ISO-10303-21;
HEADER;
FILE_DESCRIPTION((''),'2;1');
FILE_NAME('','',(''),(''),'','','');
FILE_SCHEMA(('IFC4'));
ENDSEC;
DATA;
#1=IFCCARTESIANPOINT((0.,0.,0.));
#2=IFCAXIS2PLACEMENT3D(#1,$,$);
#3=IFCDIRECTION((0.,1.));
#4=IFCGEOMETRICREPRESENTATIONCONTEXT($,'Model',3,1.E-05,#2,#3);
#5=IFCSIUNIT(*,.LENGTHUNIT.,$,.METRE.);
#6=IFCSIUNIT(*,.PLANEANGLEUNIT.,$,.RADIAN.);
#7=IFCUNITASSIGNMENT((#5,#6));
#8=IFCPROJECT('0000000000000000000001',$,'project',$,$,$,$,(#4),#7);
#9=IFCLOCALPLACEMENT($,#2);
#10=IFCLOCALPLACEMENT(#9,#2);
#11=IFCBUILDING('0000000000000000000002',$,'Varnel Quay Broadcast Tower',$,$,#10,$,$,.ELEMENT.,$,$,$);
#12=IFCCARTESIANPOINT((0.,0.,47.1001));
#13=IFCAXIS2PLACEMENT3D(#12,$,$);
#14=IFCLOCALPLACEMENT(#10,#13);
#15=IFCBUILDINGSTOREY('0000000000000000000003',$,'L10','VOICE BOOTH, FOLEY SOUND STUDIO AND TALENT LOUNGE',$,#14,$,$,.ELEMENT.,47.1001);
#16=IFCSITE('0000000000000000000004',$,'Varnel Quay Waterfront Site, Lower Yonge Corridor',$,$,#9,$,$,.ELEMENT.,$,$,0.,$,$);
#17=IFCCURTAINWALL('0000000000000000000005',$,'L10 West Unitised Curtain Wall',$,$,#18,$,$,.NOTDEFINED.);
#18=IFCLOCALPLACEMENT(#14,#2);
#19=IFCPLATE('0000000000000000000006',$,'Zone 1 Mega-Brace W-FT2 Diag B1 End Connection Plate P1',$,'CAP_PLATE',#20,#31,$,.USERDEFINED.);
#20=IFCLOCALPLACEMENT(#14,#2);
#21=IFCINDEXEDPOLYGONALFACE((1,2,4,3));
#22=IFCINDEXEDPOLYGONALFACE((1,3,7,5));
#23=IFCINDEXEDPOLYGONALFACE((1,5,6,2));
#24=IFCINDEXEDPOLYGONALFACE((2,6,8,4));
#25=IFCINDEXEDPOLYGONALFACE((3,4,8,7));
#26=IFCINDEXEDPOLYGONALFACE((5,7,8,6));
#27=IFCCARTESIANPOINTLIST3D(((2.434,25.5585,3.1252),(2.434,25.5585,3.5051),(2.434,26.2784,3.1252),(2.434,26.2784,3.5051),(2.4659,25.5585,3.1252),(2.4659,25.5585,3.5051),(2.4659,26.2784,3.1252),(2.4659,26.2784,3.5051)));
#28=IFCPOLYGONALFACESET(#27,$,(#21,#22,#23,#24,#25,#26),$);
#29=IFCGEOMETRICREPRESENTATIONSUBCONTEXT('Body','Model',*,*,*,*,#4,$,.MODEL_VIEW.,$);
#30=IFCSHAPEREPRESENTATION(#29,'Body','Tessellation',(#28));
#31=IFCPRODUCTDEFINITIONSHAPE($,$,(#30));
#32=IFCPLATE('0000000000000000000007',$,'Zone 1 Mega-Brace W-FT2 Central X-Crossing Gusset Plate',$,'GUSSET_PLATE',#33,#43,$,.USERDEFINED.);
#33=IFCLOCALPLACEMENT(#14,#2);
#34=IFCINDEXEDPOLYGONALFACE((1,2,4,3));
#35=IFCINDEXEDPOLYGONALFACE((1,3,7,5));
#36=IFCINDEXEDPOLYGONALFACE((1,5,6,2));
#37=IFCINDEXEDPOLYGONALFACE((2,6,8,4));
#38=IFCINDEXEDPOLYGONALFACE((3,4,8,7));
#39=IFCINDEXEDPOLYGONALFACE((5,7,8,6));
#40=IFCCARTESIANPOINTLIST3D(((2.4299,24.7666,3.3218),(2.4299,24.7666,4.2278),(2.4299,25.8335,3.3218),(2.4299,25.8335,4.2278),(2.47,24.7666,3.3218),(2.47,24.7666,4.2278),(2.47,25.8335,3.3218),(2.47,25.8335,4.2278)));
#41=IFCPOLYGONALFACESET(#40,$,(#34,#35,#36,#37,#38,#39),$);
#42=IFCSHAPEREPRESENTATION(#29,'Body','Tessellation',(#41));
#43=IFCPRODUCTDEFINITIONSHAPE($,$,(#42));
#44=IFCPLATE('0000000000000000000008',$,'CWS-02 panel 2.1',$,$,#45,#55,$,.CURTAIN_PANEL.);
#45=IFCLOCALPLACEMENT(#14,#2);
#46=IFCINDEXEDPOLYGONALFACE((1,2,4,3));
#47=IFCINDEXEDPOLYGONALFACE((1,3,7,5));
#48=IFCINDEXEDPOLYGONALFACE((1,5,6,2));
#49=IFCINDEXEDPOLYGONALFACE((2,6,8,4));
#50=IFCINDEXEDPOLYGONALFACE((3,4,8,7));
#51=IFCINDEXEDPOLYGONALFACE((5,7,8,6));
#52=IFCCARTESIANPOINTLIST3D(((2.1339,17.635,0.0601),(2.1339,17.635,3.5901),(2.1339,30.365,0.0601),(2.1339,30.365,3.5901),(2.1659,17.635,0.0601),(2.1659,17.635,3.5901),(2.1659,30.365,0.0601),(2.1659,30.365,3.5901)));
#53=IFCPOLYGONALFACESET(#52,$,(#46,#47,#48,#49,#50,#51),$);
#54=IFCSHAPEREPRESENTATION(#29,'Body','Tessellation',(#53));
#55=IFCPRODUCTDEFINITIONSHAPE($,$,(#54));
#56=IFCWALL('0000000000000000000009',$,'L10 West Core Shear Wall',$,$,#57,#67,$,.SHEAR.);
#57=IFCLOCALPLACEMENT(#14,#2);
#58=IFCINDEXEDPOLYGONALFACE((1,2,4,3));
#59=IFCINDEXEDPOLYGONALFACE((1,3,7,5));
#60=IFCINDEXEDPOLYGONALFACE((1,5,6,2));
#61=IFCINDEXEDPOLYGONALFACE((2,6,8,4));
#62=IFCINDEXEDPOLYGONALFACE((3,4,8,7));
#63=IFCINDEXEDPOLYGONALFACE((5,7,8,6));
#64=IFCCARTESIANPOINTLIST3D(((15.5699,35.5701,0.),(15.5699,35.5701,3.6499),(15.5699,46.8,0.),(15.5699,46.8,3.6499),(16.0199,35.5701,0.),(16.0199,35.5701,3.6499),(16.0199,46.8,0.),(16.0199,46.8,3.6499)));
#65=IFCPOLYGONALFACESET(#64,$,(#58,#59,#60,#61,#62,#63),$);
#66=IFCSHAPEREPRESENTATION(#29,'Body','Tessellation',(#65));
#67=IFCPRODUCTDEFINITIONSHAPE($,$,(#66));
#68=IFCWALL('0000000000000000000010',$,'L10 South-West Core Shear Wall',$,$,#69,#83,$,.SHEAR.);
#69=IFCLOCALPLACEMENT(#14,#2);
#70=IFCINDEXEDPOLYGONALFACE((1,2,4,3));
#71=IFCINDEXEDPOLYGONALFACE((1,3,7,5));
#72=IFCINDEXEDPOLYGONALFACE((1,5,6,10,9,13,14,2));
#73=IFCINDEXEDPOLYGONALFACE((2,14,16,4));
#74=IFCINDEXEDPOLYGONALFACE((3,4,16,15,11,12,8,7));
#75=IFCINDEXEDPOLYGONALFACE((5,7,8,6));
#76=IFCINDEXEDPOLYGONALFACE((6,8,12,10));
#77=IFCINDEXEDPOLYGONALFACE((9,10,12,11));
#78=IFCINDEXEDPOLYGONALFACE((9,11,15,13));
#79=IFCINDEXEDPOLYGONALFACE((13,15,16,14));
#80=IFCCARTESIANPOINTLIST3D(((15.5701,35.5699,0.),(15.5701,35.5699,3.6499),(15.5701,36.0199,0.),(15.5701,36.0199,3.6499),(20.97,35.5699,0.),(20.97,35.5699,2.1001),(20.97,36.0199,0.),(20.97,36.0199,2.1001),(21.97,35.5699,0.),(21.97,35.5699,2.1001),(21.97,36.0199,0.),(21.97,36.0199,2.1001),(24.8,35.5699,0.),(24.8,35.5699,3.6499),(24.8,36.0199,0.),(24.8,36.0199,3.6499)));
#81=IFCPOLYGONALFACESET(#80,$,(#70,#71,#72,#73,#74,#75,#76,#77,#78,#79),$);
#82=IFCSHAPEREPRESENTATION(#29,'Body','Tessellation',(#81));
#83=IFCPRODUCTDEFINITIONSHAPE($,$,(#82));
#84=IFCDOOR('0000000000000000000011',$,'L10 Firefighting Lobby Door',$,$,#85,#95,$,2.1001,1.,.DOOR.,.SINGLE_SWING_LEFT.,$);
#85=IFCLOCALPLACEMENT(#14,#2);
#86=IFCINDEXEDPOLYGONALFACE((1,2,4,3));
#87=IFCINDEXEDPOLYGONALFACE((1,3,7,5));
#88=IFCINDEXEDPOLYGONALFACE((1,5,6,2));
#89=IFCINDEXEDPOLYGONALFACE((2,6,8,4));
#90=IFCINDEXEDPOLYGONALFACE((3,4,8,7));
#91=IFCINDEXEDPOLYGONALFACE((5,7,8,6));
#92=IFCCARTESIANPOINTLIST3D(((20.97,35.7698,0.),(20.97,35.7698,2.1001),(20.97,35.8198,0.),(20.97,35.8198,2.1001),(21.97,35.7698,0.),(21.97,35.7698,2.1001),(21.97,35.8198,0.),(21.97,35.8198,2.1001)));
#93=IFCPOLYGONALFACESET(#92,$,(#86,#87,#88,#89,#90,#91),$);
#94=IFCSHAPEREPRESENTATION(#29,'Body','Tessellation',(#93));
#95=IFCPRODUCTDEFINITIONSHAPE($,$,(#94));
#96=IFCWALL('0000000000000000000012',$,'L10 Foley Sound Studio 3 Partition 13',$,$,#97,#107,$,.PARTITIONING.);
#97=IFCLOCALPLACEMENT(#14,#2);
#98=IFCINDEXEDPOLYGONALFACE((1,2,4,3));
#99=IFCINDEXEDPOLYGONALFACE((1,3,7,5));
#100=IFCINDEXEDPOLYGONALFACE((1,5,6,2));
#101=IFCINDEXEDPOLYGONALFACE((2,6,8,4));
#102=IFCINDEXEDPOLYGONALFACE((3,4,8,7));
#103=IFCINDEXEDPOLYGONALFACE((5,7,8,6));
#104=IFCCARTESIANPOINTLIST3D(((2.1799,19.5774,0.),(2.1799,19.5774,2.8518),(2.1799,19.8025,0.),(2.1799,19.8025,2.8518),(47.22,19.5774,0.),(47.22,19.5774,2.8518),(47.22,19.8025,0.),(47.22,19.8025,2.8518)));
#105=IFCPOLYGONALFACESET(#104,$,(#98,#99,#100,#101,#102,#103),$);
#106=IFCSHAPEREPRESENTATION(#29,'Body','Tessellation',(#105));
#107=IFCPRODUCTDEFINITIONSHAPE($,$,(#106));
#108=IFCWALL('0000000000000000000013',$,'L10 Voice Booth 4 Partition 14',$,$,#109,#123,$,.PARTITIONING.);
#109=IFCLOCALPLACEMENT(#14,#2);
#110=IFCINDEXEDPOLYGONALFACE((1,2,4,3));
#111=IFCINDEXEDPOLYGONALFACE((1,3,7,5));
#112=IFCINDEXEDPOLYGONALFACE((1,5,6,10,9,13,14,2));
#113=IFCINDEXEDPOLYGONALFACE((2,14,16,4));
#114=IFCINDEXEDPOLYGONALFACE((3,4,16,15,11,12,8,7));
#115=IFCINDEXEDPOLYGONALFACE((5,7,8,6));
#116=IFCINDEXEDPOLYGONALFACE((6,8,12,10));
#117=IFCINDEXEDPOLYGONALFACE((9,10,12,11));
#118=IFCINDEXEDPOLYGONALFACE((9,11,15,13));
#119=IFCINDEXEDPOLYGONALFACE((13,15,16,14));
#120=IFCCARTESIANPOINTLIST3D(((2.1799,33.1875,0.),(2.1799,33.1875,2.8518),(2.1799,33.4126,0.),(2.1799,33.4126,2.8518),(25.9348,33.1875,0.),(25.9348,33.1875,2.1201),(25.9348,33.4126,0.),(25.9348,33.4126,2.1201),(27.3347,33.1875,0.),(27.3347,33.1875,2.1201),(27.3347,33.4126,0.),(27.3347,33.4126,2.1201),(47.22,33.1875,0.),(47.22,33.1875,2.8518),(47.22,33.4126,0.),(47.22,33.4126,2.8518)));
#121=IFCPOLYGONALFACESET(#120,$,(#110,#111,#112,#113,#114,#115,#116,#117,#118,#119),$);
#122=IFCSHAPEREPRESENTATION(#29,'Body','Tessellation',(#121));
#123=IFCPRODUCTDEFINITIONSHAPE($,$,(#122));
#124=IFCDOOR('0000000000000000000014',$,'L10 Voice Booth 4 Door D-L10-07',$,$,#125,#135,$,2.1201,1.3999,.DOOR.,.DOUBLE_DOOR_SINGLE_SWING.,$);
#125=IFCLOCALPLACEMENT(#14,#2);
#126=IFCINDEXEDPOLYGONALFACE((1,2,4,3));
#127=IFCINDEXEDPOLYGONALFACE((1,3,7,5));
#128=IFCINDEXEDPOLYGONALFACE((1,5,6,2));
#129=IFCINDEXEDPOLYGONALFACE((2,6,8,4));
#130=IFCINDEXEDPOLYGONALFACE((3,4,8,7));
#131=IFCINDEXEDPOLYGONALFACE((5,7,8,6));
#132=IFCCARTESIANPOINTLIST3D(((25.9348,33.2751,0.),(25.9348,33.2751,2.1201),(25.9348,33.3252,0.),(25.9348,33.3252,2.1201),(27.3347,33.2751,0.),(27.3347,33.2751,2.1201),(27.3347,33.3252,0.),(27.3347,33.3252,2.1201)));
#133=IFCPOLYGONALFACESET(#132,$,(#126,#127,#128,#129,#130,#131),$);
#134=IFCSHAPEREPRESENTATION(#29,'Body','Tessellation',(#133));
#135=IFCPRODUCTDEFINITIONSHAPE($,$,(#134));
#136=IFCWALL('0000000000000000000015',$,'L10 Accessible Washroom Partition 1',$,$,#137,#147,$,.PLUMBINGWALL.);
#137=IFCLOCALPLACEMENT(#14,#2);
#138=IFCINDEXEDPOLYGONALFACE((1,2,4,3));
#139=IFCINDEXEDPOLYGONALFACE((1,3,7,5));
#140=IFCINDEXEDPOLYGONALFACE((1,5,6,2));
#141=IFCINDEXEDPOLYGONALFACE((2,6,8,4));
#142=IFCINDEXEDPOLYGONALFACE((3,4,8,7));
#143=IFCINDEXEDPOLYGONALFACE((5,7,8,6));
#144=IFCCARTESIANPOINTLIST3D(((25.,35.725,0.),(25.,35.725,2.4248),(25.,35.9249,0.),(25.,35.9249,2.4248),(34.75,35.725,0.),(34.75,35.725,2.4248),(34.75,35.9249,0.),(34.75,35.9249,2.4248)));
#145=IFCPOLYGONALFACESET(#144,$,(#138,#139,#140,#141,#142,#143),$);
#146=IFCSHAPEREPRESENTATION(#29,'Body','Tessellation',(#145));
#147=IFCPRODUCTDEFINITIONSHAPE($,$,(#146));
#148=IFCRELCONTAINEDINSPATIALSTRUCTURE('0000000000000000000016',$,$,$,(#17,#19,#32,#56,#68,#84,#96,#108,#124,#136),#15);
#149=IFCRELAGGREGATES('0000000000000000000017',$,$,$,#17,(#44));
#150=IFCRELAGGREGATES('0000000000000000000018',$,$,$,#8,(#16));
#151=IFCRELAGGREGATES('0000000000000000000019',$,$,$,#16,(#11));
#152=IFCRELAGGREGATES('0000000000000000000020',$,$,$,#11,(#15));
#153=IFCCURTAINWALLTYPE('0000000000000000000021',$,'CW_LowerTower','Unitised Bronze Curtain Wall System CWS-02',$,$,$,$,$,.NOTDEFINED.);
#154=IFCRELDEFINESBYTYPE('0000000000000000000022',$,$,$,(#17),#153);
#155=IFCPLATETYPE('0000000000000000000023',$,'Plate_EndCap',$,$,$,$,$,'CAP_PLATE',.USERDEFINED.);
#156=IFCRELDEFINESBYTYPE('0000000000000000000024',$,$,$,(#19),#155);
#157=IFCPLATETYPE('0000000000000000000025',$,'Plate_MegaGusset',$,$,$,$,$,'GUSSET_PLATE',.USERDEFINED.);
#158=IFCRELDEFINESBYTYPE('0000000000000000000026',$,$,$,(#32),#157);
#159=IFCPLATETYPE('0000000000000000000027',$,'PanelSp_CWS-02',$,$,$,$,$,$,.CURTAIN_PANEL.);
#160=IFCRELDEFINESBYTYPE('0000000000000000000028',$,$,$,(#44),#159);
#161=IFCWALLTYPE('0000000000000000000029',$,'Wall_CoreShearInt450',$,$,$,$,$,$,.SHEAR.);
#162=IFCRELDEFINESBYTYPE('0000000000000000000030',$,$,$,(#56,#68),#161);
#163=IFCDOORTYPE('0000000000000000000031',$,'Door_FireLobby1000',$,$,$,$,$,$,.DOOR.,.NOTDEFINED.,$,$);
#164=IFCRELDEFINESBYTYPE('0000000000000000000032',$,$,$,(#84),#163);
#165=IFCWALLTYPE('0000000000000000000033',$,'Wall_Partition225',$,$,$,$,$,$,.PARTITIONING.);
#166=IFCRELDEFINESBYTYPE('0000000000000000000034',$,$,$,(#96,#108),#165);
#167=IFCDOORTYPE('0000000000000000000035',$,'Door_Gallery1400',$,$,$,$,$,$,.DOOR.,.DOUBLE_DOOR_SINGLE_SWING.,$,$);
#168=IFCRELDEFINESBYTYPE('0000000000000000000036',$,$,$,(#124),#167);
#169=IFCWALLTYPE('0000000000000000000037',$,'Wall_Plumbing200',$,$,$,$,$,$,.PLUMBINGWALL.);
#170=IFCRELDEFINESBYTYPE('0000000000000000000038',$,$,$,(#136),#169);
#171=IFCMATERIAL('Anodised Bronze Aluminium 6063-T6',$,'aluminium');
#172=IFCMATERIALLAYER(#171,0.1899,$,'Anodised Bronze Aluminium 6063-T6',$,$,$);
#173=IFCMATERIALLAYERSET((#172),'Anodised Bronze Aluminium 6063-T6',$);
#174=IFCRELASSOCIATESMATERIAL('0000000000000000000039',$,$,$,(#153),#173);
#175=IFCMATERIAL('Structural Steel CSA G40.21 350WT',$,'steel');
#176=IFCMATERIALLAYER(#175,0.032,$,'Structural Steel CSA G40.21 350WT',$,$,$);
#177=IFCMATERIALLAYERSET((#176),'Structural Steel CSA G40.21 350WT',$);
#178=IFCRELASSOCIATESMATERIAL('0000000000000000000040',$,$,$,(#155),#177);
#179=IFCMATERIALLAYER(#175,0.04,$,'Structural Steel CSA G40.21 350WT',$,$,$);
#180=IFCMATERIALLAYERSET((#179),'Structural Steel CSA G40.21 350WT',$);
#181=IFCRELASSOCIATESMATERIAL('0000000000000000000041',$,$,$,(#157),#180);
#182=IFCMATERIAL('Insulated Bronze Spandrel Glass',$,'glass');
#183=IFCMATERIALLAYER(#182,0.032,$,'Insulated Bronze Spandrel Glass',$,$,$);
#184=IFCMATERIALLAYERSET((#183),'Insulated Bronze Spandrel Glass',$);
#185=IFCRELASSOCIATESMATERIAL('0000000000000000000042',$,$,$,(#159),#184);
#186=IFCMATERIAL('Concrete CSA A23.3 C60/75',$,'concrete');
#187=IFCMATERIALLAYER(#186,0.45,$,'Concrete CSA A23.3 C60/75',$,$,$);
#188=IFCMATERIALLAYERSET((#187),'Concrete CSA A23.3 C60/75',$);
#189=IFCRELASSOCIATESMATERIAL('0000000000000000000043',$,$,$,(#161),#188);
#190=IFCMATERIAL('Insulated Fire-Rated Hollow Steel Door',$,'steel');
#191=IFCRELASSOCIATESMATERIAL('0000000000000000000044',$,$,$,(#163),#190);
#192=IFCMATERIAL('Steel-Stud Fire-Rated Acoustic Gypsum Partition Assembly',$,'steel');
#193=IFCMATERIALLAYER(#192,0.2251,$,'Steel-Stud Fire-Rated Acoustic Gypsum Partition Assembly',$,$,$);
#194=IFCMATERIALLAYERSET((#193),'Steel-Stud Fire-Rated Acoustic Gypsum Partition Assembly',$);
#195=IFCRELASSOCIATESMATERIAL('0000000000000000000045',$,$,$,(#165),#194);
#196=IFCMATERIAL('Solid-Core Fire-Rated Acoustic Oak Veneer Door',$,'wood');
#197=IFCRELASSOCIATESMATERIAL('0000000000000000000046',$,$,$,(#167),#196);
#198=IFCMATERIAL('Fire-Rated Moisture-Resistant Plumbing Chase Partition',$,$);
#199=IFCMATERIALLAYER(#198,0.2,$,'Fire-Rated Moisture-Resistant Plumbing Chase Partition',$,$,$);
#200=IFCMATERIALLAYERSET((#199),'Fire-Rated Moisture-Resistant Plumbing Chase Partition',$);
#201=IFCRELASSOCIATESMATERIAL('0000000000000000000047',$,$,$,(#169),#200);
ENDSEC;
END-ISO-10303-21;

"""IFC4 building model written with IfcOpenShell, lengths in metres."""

from ifc_helpers import new_model, si_unit, direction, frame, frame_2d, origin, origin_2d, place, context, subcontext, project, spatial, rectangle, extrude, source, transform, mapped, material, layer, layer_set, type_object, type_shapes, element, fill, aggregate, save


model = new_model("IFC4")

# Units and contexts
model_context = context("Model", 3, precision=1e-05, world=origin(), true_north=direction((0.0, 1.0)))
body_context = subcontext(model_context, "Body", "Model", "MODEL_VIEW")
ifc_project = project(units=[si_unit("LENGTHUNIT", "METRE"), si_unit("PLANEANGLEUNIT", "RADIAN")], contexts=[model_context])

# Site, building, storey
site_placement = place(None, origin())
site = spatial("IfcSite", under=ifc_project, at=site_placement, Name="Varnel Quay Waterfront Site, Lower Yonge Corridor", CompositionType="ELEMENT", RefElevation=0.0)
building_placement = place(site_placement, origin())
building = spatial("IfcBuilding", under=site, at=building_placement, Name="Varnel Quay Broadcast Tower", CompositionType="ELEMENT")
storey_placement = place(building_placement, frame((0.0, 0.0, 47.1001)))
storey = spatial("IfcBuildingStorey", under=building, at=storey_placement, Name="L10", Description="VOICE BOOTH, FOLEY SOUND STUDIO AND TALENT LOUNGE", CompositionType="ELEMENT", Elevation=47.1001)

# Shared definitions
ifc_material_1 = material(Name="Structural Steel CSA G40.21 350WT", Category="steel")
ifc_material_2 = material(Name="Concrete CSA A23.3 C60/75", Category="concrete")

# Curtain wall
ifc_material_3 = material(Name="Anodised Bronze Aluminium 6063-T6", Category="aluminium")
ifc_layer_1 = layer(ifc_material_3, 0.1899, Name="Anodised Bronze Aluminium 6063-T6")
ifc_layer_set_1 = layer_set([ifc_layer_1], Name="Anodised Bronze Aluminium 6063-T6")
curtain_wall_type = type_object("IfcCurtainWallType", Name="CW_LowerTower", Description="Unitised Bronze Curtain Wall System CWS-02", PredefinedType="NOTDEFINED", material=ifc_layer_set_1)
curtain_wall_placement = place(storey_placement, origin())
curtain_wall = element("IfcCurtainWall", 1, at=curtain_wall_placement, inside=storey, type_object=curtain_wall_type, Name="L10 West Unitised Curtain Wall", PredefinedType="NOTDEFINED")

# Plates
ifc_layer_2 = layer(ifc_material_1, 0.032, Name="Structural Steel CSA G40.21 350WT")
ifc_layer_set_2 = layer_set([ifc_layer_2], Name="Structural Steel CSA G40.21 350WT")
plate_type_1 = type_object("IfcPlateType", Name="Plate_EndCap", ElementType="CAP_PLATE", PredefinedType="USERDEFINED", material=ifc_layer_set_2)
shared_shape_1 = source(origin(), body_context, "Body", "SweptSolid", [
    extrude(rectangle(XDim=0.72, YDim=0.032, at=origin_2d()), origin(), (0.0, 0.0, 1.0), 0.3799),
])
type_shapes(plate_type_1, [shared_shape_1])
plate_1_placement = place(storey_placement, frame((2.45, 25.9185, 3.1252), z_axis=(0.0, 0.0, 1.0), x_axis=(0.0, 1.0, 0.0)))
element("IfcPlate", 2, at=plate_1_placement, inside=storey, type_object=plate_type_1, Name="Zone 1 Mega-Brace W-FT2 Diag B1 End Connection Plate P1", ObjectType="CAP_PLATE", PredefinedType="USERDEFINED", context=body_context, shape_type="MappedRepresentation", body=[
    mapped(shared_shape_1, transform((0.0, 0.0, 0.0), x_axis=(1.0, 0.0, 0.0), y_axis=(0.0, 1.0, 0.0), z_axis=(0.0, 0.0, 1.0), scale=1.0)),
])
ifc_layer_3 = layer(ifc_material_1, 0.04, Name="Structural Steel CSA G40.21 350WT")
ifc_layer_set_3 = layer_set([ifc_layer_3], Name="Structural Steel CSA G40.21 350WT")
plate_type_2 = type_object("IfcPlateType", Name="Plate_MegaGusset", ElementType="GUSSET_PLATE", PredefinedType="USERDEFINED", material=ifc_layer_set_3)
shared_shape_2 = source(origin(), body_context, "Body", "SweptSolid", [
    extrude(rectangle(XDim=1.0669, YDim=0.04, at=origin_2d()), origin(), (0.0, 0.0, 1.0), 0.906),
])
type_shapes(plate_type_2, [shared_shape_2])
plate_2_placement = place(storey_placement, frame((2.45, 25.3, 3.3218), z_axis=(0.0, 0.0, 1.0), x_axis=(0.0, 1.0, 0.0)))
element("IfcPlate", 3, at=plate_2_placement, inside=storey, type_object=plate_type_2, Name="Zone 1 Mega-Brace W-FT2 Central X-Crossing Gusset Plate", ObjectType="GUSSET_PLATE", PredefinedType="USERDEFINED", context=body_context, shape_type="MappedRepresentation", body=[
    mapped(shared_shape_2, transform((0.0, 0.0, 0.0), x_axis=(1.0, 0.0, 0.0), y_axis=(0.0, 1.0, 0.0), z_axis=(0.0, 0.0, 1.0), scale=1.0)),
])

# Plate
ifc_material_4 = material(Name="Insulated Bronze Spandrel Glass", Category="glass")
ifc_layer_4 = layer(ifc_material_4, 0.032, Name="Insulated Bronze Spandrel Glass")
ifc_layer_set_4 = layer_set([ifc_layer_4], Name="Insulated Bronze Spandrel Glass")
plate_type_3 = type_object("IfcPlateType", Name="PanelSp_CWS-02", PredefinedType="CURTAIN_PANEL", material=ifc_layer_set_4)
shared_shape_3 = source(origin(), body_context, "Body", "SweptSolid", [
    extrude(rectangle(XDim=12.73, YDim=0.032, at=origin_2d()), origin(), (0.0, 0.0, 1.0), 3.53),
])
type_shapes(plate_type_3, [shared_shape_3])
plate_3_placement = place(storey_placement, frame((2.1499, 24.0, 0.0601), z_axis=(0.0, 0.0, 1.0), x_axis=(0.0, 1.0, 0.0)))
plate_3 = element("IfcPlate", 4, at=plate_3_placement, type_object=plate_type_3, Name="CWS-02 panel 2.1", PredefinedType="CURTAIN_PANEL", context=body_context, shape_type="MappedRepresentation", body=[
    mapped(shared_shape_3, transform((0.0, 0.0, 0.0), x_axis=(1.0, 0.0, 0.0), y_axis=(0.0, 1.0, 0.0), z_axis=(0.0, 0.0, 1.0), scale=1.0)),
])
aggregate(curtain_wall, [plate_3])

# Wall
ifc_layer_5 = layer(ifc_material_2, 0.45, Name="Concrete CSA A23.3 C60/75")
ifc_layer_set_5 = layer_set([ifc_layer_5], Name="Concrete CSA A23.3 C60/75")
wall_type_1 = type_object("IfcWallType", Name="Wall_CoreShearInt450", PredefinedType="SHEAR", material=ifc_layer_set_5)
wall_1_placement = place(storey_placement, frame((15.7949, 35.5701, 0.0), z_axis=(0.0, 0.0, 1.0), x_axis=(0.0, 1.0, 0.0)))
element("IfcWall", 5, at=wall_1_placement, inside=storey, type_object=wall_type_1, Name="L10 West Core Shear Wall", PredefinedType="SHEAR", context=body_context, shape_type="SweptSolid", body=[
    extrude(rectangle(XDim=11.23, YDim=0.45, at=frame_2d((5.615, 0.0))), origin(), (0.0, 0.0, 1.0), 3.6499),
])

# Wall, opening, door
wall_2_placement = place(storey_placement, frame((15.5701, 35.7949, 0.0), z_axis=(0.0, 0.0, 1.0), x_axis=(1.0, 0.0, 0.0)))
wall_2 = element("IfcWall", 6, at=wall_2_placement, inside=storey, type_object=wall_type_1, Name="L10 South-West Core Shear Wall", PredefinedType="SHEAR", context=body_context, shape_type="SweptSolid", body=[
    extrude(rectangle(XDim=9.23, YDim=0.45, at=frame_2d((4.615, 0.0))), origin(), (0.0, 0.0, 1.0), 3.6499),
])
opening_1_placement = place(wall_2_placement, frame((5.3999, 0.0, 0.0)))
opening_1 = element("IfcOpeningElement", 7, at=opening_1_placement, cuts=wall_2, PredefinedType="OPENING", context=body_context, shape_type="SweptSolid", body=[
    extrude(rectangle(XDim=1.0, YDim=2.1001, at=frame_2d((0.5, 1.05))), frame((0.0, 0.2349, 0.0), z_axis=(0.0, -1.0, 0.0), x_axis=(1.0, 0.0, 0.0)), (0.0, 0.0, 1.0), 0.47),
])
ifc_material_5 = material(Name="Insulated Fire-Rated Hollow Steel Door", Category="steel")
door_type_1 = type_object("IfcDoorType", Name="Door_FireLobby1000", OperationType="NOTDEFINED", PredefinedType="DOOR", material=ifc_material_5)
shared_shape_4 = source(origin(), body_context, "Body", "SweptSolid", [
    extrude(rectangle(XDim=1.0, YDim=2.1001, at=frame_2d((0.5, 1.05))), frame((0.0, 0.0249, 0.0), z_axis=(0.0, -1.0, 0.0), x_axis=(1.0, 0.0, 0.0)), (0.0, 0.0, 1.0), 0.05),
])
type_shapes(door_type_1, [shared_shape_4])
door_1_placement = place(opening_1_placement, origin())
door_1 = element("IfcDoor", 8, at=door_1_placement, inside=storey, type_object=door_type_1, Name="L10 Firefighting Lobby Door", OperationType="SINGLE_SWING_LEFT", OverallHeight=2.1001, OverallWidth=1.0, PredefinedType="DOOR", context=body_context, shape_type="MappedRepresentation", body=[
    mapped(shared_shape_4, transform((0.0, 0.0, 0.0), x_axis=(1.0, 0.0, 0.0), y_axis=(0.0, 1.0, 0.0), z_axis=(0.0, 0.0, 1.0), scale=1.0)),
])
fill(opening_1, door_1)

# Wall
ifc_material_6 = material(Name="Steel-Stud Fire-Rated Acoustic Gypsum Partition Assembly", Category="steel")
ifc_layer_6 = layer(ifc_material_6, 0.2251, Name="Steel-Stud Fire-Rated Acoustic Gypsum Partition Assembly")
ifc_layer_set_6 = layer_set([ifc_layer_6], Name="Steel-Stud Fire-Rated Acoustic Gypsum Partition Assembly")
wall_type_2 = type_object("IfcWallType", Name="Wall_Partition225", PredefinedType="PARTITIONING", material=ifc_layer_set_6)
wall_3_placement = place(storey_placement, frame((2.1799, 19.6899, 0.0), z_axis=(0.0, 0.0, 1.0), x_axis=(1.0, 0.0, 0.0)))
element("IfcWall", 9, at=wall_3_placement, inside=storey, type_object=wall_type_2, Name="L10 Foley Sound Studio 3 Partition 13", PredefinedType="PARTITIONING", context=body_context, shape_type="SweptSolid", body=[
    extrude(rectangle(XDim=45.04, YDim=0.2251, at=frame_2d((22.52, 0.0))), origin(), (0.0, 0.0, 1.0), 2.8518),
])

# Wall, opening, door
wall_4_placement = place(storey_placement, frame((2.1799, 33.3, 0.0), z_axis=(0.0, 0.0, 1.0), x_axis=(1.0, 0.0, 0.0)))
wall_4 = element("IfcWall", 10, at=wall_4_placement, inside=storey, type_object=wall_type_2, Name="L10 Voice Booth 4 Partition 14", PredefinedType="PARTITIONING", context=body_context, shape_type="SweptSolid", body=[
    extrude(rectangle(XDim=45.04, YDim=0.2251, at=frame_2d((22.52, 0.0))), origin(), (0.0, 0.0, 1.0), 2.8518),
])
opening_2_placement = place(wall_4_placement, frame((23.7549, 0.0, 0.0)))
opening_2 = element("IfcOpeningElement", 11, at=opening_2_placement, cuts=wall_4, PredefinedType="OPENING", context=body_context, shape_type="SweptSolid", body=[
    extrude(rectangle(XDim=1.3999, YDim=2.1201, at=frame_2d((0.7, 1.0601))), frame((0.0, 0.1226, 0.0), z_axis=(0.0, -1.0, 0.0), x_axis=(1.0, 0.0, 0.0)), (0.0, 0.0, 1.0), 0.2451),
])
ifc_material_7 = material(Name="Solid-Core Fire-Rated Acoustic Oak Veneer Door", Category="wood")
door_type_2 = type_object("IfcDoorType", Name="Door_Gallery1400", OperationType="DOUBLE_DOOR_SINGLE_SWING", PredefinedType="DOOR", material=ifc_material_7)
shared_shape_5 = source(origin(), body_context, "Body", "SweptSolid", [
    extrude(rectangle(XDim=1.3999, YDim=2.1201, at=frame_2d((0.7, 1.0601))), frame((0.0, 0.0249, 0.0), z_axis=(0.0, -1.0, 0.0), x_axis=(1.0, 0.0, 0.0)), (0.0, 0.0, 1.0), 0.05),
])
type_shapes(door_type_2, [shared_shape_5])
door_2_placement = place(opening_2_placement, frame((1.3999, 0.0, 0.0), z_axis=(0.0, 0.0, 1.0), x_axis=(-1.0, 0.0, 0.0)))
door_2 = element("IfcDoor", 12, at=door_2_placement, inside=storey, type_object=door_type_2, Name="L10 Voice Booth 4 Door D-L10-07", OperationType="DOUBLE_DOOR_SINGLE_SWING", OverallHeight=2.1201, OverallWidth=1.3999, PredefinedType="DOOR", context=body_context, shape_type="MappedRepresentation", body=[
    mapped(shared_shape_5, transform((0.0, 0.0, 0.0), x_axis=(1.0, 0.0, 0.0), y_axis=(0.0, 1.0, 0.0), z_axis=(0.0, 0.0, 1.0), scale=1.0)),
])
fill(opening_2, door_2)

# Wall
ifc_material_8 = material(Name="Fire-Rated Moisture-Resistant Plumbing Chase Partition")
ifc_layer_7 = layer(ifc_material_8, 0.2, Name="Fire-Rated Moisture-Resistant Plumbing Chase Partition")
ifc_layer_set_7 = layer_set([ifc_layer_7], Name="Fire-Rated Moisture-Resistant Plumbing Chase Partition")
wall_type_3 = type_object("IfcWallType", Name="Wall_Plumbing200", PredefinedType="PLUMBINGWALL", material=ifc_layer_set_7)
wall_5_placement = place(storey_placement, frame((25.0, 35.825, 0.0), z_axis=(0.0, 0.0, 1.0), x_axis=(1.0, 0.0, 0.0)))
element("IfcWall", 13, at=wall_5_placement, inside=storey, type_object=wall_type_3, Name="L10 Accessible Washroom Partition 1", PredefinedType="PLUMBINGWALL", context=body_context, shape_type="SweptSolid", body=[
    extrude(rectangle(XDim=9.75, YDim=0.2, at=frame_2d((4.875, 0.0))), origin(), (0.0, 0.0, 1.0), 2.4248),
])

save(model, "model.ifc")
